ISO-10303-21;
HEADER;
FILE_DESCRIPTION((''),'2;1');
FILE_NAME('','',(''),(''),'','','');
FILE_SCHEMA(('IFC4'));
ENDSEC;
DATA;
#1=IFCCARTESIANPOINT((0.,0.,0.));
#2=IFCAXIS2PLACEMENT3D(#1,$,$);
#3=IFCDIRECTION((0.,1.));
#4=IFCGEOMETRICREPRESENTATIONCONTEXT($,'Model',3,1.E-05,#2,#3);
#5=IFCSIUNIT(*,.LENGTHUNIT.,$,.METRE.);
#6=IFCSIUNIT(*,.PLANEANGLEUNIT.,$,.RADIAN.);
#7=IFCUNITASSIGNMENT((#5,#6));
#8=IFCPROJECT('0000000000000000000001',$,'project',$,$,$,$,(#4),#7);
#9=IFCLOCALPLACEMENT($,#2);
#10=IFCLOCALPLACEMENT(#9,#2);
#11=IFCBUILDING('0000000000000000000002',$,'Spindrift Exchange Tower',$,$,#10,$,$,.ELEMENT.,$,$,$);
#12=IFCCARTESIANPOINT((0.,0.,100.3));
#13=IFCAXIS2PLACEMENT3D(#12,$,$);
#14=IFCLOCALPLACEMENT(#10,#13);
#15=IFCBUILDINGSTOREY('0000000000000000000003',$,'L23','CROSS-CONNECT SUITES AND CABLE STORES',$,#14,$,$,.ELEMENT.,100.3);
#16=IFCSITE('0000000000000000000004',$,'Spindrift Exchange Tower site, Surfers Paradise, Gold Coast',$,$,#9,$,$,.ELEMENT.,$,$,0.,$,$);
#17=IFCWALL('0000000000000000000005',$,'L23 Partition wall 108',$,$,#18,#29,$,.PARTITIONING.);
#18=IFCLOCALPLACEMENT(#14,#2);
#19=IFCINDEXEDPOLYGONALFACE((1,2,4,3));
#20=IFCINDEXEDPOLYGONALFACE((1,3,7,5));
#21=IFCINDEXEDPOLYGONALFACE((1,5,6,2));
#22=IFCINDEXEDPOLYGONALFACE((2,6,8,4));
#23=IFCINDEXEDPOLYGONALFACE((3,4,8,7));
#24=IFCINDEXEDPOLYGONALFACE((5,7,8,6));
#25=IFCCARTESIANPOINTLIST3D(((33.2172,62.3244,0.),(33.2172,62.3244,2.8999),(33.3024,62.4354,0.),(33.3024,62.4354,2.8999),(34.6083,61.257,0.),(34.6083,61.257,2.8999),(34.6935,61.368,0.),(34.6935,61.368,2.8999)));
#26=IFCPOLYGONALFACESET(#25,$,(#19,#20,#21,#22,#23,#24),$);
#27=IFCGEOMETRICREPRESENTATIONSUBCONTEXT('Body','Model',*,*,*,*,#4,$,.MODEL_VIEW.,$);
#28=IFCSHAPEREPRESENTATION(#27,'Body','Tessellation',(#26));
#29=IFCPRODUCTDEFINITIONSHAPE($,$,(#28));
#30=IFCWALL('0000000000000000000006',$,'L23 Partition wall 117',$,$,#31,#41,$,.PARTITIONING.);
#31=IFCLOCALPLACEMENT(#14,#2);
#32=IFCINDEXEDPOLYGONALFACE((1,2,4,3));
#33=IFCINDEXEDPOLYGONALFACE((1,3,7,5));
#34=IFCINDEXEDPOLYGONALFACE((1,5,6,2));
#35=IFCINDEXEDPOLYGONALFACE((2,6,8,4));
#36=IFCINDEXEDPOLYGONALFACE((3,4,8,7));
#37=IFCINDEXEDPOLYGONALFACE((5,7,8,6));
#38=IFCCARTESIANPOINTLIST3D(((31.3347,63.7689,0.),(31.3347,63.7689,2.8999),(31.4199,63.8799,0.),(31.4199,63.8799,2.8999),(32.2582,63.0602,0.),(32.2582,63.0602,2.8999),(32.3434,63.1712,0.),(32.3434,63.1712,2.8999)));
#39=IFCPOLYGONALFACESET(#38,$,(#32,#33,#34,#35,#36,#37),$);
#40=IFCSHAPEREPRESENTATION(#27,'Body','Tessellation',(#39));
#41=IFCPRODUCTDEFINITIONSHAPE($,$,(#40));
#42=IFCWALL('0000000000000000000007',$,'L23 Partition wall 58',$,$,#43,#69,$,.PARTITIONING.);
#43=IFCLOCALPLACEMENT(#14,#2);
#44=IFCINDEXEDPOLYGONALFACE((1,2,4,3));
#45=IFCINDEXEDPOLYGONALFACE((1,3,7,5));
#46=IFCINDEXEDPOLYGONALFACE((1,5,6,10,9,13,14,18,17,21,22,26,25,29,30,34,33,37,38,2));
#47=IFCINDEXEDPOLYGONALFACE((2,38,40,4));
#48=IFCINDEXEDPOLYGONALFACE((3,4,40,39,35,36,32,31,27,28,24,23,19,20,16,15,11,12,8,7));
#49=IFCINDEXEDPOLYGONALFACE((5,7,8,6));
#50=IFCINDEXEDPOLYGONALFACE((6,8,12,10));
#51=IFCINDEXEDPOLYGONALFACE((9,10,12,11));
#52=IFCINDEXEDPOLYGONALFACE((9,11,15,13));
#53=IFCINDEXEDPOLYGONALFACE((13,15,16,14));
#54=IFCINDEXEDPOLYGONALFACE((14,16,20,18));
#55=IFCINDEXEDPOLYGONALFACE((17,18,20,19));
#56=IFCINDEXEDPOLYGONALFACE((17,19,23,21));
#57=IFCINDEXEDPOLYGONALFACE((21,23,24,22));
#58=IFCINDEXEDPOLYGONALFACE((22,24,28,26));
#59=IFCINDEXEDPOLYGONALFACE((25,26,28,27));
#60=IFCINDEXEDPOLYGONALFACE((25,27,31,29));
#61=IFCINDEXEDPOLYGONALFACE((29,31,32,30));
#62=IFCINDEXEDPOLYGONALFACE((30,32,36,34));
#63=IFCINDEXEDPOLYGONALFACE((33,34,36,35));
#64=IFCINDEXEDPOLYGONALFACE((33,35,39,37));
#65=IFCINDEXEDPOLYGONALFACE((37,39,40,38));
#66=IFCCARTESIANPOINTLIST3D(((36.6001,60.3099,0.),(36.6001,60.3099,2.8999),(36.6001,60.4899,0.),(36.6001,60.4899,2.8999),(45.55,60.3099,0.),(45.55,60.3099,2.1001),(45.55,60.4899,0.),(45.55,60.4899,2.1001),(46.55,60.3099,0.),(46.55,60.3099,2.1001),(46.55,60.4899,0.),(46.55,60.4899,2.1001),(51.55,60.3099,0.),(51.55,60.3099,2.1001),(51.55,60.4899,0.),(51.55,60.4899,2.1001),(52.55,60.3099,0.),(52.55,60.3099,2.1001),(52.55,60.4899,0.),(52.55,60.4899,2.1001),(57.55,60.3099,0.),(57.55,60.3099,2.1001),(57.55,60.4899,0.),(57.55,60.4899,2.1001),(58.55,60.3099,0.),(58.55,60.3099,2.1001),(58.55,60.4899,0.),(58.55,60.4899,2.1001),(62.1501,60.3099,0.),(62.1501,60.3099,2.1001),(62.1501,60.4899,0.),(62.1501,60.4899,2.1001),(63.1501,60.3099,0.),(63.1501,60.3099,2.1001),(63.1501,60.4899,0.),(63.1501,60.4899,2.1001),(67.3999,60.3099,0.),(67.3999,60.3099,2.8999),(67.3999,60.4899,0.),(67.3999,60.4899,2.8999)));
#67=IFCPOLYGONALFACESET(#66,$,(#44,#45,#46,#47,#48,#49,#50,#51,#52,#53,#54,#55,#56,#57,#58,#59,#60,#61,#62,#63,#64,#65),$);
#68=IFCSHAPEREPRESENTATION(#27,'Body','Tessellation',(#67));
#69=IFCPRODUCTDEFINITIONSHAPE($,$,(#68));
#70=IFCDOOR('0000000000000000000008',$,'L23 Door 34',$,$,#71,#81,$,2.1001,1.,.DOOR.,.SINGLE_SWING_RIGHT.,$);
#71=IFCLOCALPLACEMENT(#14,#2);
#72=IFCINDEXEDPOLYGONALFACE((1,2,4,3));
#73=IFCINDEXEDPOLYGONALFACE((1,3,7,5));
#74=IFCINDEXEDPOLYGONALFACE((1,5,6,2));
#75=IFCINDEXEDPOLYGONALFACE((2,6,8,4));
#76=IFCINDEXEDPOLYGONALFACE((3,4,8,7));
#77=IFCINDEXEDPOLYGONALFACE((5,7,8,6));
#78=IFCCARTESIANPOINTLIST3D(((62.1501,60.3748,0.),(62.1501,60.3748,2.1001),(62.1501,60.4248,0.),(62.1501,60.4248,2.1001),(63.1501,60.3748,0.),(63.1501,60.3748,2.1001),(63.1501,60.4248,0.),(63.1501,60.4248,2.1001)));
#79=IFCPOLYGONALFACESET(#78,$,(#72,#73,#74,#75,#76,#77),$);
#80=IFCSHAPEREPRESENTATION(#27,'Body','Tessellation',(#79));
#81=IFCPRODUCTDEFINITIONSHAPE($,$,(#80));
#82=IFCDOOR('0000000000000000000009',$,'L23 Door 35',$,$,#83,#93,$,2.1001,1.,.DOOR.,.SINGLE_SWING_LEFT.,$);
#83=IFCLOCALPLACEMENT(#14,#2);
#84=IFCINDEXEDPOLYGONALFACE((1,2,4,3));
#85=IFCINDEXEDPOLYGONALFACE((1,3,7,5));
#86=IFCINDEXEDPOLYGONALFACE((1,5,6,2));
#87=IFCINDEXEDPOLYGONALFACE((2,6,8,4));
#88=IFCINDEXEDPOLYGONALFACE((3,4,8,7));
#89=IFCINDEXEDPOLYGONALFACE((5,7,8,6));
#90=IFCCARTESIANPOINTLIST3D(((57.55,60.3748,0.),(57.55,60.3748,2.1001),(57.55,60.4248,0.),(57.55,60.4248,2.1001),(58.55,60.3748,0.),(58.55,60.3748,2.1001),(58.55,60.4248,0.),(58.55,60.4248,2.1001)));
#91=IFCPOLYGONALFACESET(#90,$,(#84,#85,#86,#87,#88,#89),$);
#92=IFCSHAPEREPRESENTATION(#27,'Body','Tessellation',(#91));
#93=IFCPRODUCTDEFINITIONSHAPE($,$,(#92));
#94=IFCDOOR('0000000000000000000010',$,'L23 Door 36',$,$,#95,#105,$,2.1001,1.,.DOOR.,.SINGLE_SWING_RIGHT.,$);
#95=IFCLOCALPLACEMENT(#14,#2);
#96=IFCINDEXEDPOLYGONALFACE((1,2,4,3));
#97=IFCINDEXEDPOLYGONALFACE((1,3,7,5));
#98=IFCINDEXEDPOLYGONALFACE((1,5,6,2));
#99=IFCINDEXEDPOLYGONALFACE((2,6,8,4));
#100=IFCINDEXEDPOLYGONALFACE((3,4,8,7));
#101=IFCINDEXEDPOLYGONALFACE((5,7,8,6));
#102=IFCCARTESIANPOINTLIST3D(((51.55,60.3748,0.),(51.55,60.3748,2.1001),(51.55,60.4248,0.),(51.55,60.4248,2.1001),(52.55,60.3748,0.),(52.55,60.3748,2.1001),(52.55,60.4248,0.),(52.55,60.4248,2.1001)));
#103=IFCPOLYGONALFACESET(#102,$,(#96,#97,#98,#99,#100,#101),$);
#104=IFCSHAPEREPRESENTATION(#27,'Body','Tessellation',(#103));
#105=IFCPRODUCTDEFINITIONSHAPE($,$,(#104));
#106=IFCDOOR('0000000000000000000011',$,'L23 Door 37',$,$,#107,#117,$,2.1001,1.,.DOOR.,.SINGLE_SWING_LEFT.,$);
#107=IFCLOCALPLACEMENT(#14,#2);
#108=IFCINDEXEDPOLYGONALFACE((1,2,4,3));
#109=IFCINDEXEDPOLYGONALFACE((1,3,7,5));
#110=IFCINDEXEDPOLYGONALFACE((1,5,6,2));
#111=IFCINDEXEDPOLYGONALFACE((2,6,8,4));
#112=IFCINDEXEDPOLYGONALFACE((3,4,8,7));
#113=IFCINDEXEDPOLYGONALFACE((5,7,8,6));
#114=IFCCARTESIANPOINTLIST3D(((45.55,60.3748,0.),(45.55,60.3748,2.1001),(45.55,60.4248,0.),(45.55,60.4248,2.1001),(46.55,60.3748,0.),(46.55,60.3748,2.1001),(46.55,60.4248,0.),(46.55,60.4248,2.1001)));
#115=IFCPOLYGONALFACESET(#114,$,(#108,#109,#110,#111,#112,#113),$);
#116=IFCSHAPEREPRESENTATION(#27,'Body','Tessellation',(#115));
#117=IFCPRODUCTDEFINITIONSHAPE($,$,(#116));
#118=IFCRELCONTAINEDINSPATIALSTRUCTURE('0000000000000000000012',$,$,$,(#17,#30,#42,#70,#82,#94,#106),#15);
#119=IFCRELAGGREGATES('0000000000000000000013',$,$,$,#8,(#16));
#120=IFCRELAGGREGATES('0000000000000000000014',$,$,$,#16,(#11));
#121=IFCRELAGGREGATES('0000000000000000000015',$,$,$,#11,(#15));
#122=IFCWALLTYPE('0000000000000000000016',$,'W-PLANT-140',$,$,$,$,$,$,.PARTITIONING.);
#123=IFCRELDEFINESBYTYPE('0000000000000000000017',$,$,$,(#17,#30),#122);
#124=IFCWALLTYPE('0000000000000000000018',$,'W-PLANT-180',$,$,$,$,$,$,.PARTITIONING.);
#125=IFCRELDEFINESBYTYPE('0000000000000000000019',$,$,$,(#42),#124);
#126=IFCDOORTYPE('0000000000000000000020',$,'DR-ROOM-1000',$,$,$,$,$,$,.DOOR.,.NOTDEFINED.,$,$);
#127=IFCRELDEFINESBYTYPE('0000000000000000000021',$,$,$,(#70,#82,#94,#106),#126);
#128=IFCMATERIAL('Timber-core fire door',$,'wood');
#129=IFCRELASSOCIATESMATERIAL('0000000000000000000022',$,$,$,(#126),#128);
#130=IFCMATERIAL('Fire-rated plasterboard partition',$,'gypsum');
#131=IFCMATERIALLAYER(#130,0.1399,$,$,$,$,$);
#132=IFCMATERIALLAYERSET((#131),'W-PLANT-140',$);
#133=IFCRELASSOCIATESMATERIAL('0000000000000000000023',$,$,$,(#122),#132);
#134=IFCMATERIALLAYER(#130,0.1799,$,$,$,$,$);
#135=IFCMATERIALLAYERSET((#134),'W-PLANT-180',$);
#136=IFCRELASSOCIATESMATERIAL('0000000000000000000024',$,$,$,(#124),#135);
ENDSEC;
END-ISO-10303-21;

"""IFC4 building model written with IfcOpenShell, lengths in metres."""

from ifc_helpers import new_model, si_unit, direction, frame, frame_2d, origin, place, context, subcontext, project, spatial, rectangle, extrude, source, transform, mapped, material, layer, layer_set, type_object, element, fill, save


model = new_model("IFC4")

# Units and contexts
model_context = context("Model", 3, precision=1e-05, world=origin(), true_north=direction((0.0, 1.0)))
body_context = subcontext(model_context, "Body", "Model", "MODEL_VIEW")
ifc_project = project(units=[si_unit("LENGTHUNIT", "METRE"), si_unit("PLANEANGLEUNIT", "RADIAN")], contexts=[model_context])

# Site, building, storey
site_placement = place(None, origin())
site = spatial("IfcSite", under=ifc_project, at=site_placement, Name="Spindrift Exchange Tower site, Surfers Paradise, Gold Coast", CompositionType="ELEMENT", RefElevation=0.0)
building_placement = place(site_placement, origin())
building = spatial("IfcBuilding", under=site, at=building_placement, Name="Spindrift Exchange Tower", CompositionType="ELEMENT")
storey_placement = place(building_placement, frame((0.0, 0.0, 100.3)))
storey = spatial("IfcBuildingStorey", under=building, at=storey_placement, Name="L23", Description="CROSS-CONNECT SUITES AND CABLE STORES", CompositionType="ELEMENT", Elevation=100.3)

# Shared definitions
ifc_material_1 = material(Name="Fire-rated plasterboard partition", Category="gypsum")
ifc_material_2 = material(Name="Timber-core fire door", Category="wood")
door_type = type_object("IfcDoorType", Name="DR-ROOM-1000", OperationType="NOTDEFINED", PredefinedType="DOOR", material=ifc_material_2)
shared_shape_1 = source(origin(), body_context, "Body", "SweptSolid", [
    extrude(rectangle(XDim=1.0, YDim=2.1001, at=frame_2d((0.5, 1.05))), frame((0.0, 0.0249, 0.0), z_axis=(0.0, -1.0, 0.0), x_axis=(1.0, 0.0, 0.0)), (0.0, 0.0, 1.0), 0.05),
])

# Walls
ifc_layer_1 = layer(ifc_material_1, 0.1399)
ifc_layer_set_1 = layer_set([ifc_layer_1], Name="W-PLANT-140")
wall_type_1 = type_object("IfcWallType", Name="W-PLANT-140", PredefinedType="PARTITIONING", material=ifc_layer_set_1)
wall_1_placement = place(storey_placement, frame((34.6509, 61.3125, 0.0), z_axis=(0.0, 0.0, 1.0), x_axis=(-0.793369, 0.608741, 0.0)))
element("IfcWall", 1, at=wall_1_placement, inside=storey, type_object=wall_type_1, Name="L23 Partition wall 108", PredefinedType="PARTITIONING", context=body_context, shape_type="SweptSolid", body=[
    extrude(rectangle(XDim=1.7534, YDim=0.1399, at=frame_2d((0.8767, 0.0))), origin(), (0.0, 0.0, 1.0), 2.8999),
])
wall_2_placement = place(storey_placement, frame((32.3008, 63.1157, 0.0), z_axis=(0.0, 0.0, 1.0), x_axis=(-0.793333, 0.608788, 0.0)))
element("IfcWall", 2, at=wall_2_placement, inside=storey, type_object=wall_type_1, Name="L23 Partition wall 117", PredefinedType="PARTITIONING", context=body_context, shape_type="SweptSolid", body=[
    extrude(rectangle(XDim=1.1641, YDim=0.1399, at=frame_2d((0.582, 0.0))), origin(), (0.0, 0.0, 1.0), 2.8999),
])

# Wall, openings, doors
ifc_layer_2 = layer(ifc_material_1, 0.1799)
ifc_layer_set_2 = layer_set([ifc_layer_2], Name="W-PLANT-180")
wall_type_2 = type_object("IfcWallType", Name="W-PLANT-180", PredefinedType="PARTITIONING", material=ifc_layer_set_2)
wall_3_placement = place(storey_placement, frame((36.6001, 60.3999, 0.0), z_axis=(0.0, 0.0, 1.0), x_axis=(1.0, 0.0, 0.0)))
wall_3 = element("IfcWall", 3, at=wall_3_placement, inside=storey, type_object=wall_type_2, Name="L23 Partition wall 58", PredefinedType="PARTITIONING", context=body_context, shape_type="SweptSolid", body=[
    extrude(rectangle(XDim=30.7998, YDim=0.1799, at=frame_2d((15.3999, 0.0))), origin(), (0.0, 0.0, 1.0), 2.8999),
])
opening_1_placement = place(wall_3_placement, frame((25.55, 0.0, 0.0)))
opening_1 = element("IfcOpeningElement", 4, at=opening_1_placement, cuts=wall_3, PredefinedType="OPENING", context=body_context, shape_type="SweptSolid", body=[
    extrude(rectangle(XDim=1.0, YDim=2.1001, at=frame_2d((0.5, 1.05))), frame((0.0, 0.0999, 0.0), z_axis=(0.0, -1.0, 0.0), x_axis=(1.0, 0.0, 0.0)), (0.0, 0.0, 1.0), 0.2),
])
opening_2_placement = place(wall_3_placement, frame((20.95, 0.0, 0.0)))
opening_2 = element("IfcOpeningElement", 5, at=opening_2_placement, cuts=wall_3, PredefinedType="OPENING", context=body_context, shape_type="SweptSolid", body=[
    extrude(rectangle(XDim=1.0, YDim=2.1001, at=frame_2d((0.5, 1.05))), frame((0.0, 0.0999, 0.0), z_axis=(0.0, -1.0, 0.0), x_axis=(1.0, 0.0, 0.0)), (0.0, 0.0, 1.0), 0.2),
])
opening_3_placement = place(wall_3_placement, frame((14.95, 0.0, 0.0)))
opening_3 = element("IfcOpeningElement", 6, at=opening_3_placement, cuts=wall_3, PredefinedType="OPENING", context=body_context, shape_type="SweptSolid", body=[
    extrude(rectangle(XDim=1.0, YDim=2.1001, at=frame_2d((0.5, 1.05))), frame((0.0, 0.0999, 0.0), z_axis=(0.0, -1.0, 0.0), x_axis=(1.0, 0.0, 0.0)), (0.0, 0.0, 1.0), 0.2),
])
opening_4_placement = place(wall_3_placement, frame((8.95, 0.0, 0.0)))
opening_4 = element("IfcOpeningElement", 7, at=opening_4_placement, cuts=wall_3, PredefinedType="OPENING", context=body_context, shape_type="SweptSolid", body=[
    extrude(rectangle(XDim=1.0, YDim=2.1001, at=frame_2d((0.5, 1.05))), frame((0.0, 0.0999, 0.0), z_axis=(0.0, -1.0, 0.0), x_axis=(1.0, 0.0, 0.0)), (0.0, 0.0, 1.0), 0.2),
])
door_1_placement = place(opening_1_placement, origin())
door_1 = element("IfcDoor", 8, at=door_1_placement, inside=storey, type_object=door_type, Name="L23 Door 34", OperationType="SINGLE_SWING_RIGHT", OverallHeight=2.1001, OverallWidth=1.0, PredefinedType="DOOR", context=body_context, shape_type="MappedRepresentation", body=[
    mapped(shared_shape_1, transform((0.0, 0.0, 0.0), scale=1.0)),
])
fill(opening_1, door_1)
door_2_placement = place(opening_2_placement, origin())
door_2 = element("IfcDoor", 9, at=door_2_placement, inside=storey, type_object=door_type, Name="L23 Door 35", OperationType="SINGLE_SWING_LEFT", OverallHeight=2.1001, OverallWidth=1.0, PredefinedType="DOOR", context=body_context, shape_type="MappedRepresentation", body=[
    mapped(shared_shape_1, transform((0.0, 0.0, 0.0), scale=1.0)),
])
fill(opening_2, door_2)
door_3_placement = place(opening_3_placement, origin())
door_3 = element("IfcDoor", 10, at=door_3_placement, inside=storey, type_object=door_type, Name="L23 Door 36", OperationType="SINGLE_SWING_RIGHT", OverallHeight=2.1001, OverallWidth=1.0, PredefinedType="DOOR", context=body_context, shape_type="MappedRepresentation", body=[
    mapped(shared_shape_1, transform((0.0, 0.0, 0.0), scale=1.0)),
])
fill(opening_3, door_3)
door_4_placement = place(opening_4_placement, origin())
door_4 = element("IfcDoor", 11, at=door_4_placement, inside=storey, type_object=door_type, Name="L23 Door 37", OperationType="SINGLE_SWING_LEFT", OverallHeight=2.1001, OverallWidth=1.0, PredefinedType="DOOR", context=body_context, shape_type="MappedRepresentation", body=[
    mapped(shared_shape_1, transform((0.0, 0.0, 0.0), scale=1.0)),
])
fill(opening_4, door_4)

save(model, "model.ifc")
